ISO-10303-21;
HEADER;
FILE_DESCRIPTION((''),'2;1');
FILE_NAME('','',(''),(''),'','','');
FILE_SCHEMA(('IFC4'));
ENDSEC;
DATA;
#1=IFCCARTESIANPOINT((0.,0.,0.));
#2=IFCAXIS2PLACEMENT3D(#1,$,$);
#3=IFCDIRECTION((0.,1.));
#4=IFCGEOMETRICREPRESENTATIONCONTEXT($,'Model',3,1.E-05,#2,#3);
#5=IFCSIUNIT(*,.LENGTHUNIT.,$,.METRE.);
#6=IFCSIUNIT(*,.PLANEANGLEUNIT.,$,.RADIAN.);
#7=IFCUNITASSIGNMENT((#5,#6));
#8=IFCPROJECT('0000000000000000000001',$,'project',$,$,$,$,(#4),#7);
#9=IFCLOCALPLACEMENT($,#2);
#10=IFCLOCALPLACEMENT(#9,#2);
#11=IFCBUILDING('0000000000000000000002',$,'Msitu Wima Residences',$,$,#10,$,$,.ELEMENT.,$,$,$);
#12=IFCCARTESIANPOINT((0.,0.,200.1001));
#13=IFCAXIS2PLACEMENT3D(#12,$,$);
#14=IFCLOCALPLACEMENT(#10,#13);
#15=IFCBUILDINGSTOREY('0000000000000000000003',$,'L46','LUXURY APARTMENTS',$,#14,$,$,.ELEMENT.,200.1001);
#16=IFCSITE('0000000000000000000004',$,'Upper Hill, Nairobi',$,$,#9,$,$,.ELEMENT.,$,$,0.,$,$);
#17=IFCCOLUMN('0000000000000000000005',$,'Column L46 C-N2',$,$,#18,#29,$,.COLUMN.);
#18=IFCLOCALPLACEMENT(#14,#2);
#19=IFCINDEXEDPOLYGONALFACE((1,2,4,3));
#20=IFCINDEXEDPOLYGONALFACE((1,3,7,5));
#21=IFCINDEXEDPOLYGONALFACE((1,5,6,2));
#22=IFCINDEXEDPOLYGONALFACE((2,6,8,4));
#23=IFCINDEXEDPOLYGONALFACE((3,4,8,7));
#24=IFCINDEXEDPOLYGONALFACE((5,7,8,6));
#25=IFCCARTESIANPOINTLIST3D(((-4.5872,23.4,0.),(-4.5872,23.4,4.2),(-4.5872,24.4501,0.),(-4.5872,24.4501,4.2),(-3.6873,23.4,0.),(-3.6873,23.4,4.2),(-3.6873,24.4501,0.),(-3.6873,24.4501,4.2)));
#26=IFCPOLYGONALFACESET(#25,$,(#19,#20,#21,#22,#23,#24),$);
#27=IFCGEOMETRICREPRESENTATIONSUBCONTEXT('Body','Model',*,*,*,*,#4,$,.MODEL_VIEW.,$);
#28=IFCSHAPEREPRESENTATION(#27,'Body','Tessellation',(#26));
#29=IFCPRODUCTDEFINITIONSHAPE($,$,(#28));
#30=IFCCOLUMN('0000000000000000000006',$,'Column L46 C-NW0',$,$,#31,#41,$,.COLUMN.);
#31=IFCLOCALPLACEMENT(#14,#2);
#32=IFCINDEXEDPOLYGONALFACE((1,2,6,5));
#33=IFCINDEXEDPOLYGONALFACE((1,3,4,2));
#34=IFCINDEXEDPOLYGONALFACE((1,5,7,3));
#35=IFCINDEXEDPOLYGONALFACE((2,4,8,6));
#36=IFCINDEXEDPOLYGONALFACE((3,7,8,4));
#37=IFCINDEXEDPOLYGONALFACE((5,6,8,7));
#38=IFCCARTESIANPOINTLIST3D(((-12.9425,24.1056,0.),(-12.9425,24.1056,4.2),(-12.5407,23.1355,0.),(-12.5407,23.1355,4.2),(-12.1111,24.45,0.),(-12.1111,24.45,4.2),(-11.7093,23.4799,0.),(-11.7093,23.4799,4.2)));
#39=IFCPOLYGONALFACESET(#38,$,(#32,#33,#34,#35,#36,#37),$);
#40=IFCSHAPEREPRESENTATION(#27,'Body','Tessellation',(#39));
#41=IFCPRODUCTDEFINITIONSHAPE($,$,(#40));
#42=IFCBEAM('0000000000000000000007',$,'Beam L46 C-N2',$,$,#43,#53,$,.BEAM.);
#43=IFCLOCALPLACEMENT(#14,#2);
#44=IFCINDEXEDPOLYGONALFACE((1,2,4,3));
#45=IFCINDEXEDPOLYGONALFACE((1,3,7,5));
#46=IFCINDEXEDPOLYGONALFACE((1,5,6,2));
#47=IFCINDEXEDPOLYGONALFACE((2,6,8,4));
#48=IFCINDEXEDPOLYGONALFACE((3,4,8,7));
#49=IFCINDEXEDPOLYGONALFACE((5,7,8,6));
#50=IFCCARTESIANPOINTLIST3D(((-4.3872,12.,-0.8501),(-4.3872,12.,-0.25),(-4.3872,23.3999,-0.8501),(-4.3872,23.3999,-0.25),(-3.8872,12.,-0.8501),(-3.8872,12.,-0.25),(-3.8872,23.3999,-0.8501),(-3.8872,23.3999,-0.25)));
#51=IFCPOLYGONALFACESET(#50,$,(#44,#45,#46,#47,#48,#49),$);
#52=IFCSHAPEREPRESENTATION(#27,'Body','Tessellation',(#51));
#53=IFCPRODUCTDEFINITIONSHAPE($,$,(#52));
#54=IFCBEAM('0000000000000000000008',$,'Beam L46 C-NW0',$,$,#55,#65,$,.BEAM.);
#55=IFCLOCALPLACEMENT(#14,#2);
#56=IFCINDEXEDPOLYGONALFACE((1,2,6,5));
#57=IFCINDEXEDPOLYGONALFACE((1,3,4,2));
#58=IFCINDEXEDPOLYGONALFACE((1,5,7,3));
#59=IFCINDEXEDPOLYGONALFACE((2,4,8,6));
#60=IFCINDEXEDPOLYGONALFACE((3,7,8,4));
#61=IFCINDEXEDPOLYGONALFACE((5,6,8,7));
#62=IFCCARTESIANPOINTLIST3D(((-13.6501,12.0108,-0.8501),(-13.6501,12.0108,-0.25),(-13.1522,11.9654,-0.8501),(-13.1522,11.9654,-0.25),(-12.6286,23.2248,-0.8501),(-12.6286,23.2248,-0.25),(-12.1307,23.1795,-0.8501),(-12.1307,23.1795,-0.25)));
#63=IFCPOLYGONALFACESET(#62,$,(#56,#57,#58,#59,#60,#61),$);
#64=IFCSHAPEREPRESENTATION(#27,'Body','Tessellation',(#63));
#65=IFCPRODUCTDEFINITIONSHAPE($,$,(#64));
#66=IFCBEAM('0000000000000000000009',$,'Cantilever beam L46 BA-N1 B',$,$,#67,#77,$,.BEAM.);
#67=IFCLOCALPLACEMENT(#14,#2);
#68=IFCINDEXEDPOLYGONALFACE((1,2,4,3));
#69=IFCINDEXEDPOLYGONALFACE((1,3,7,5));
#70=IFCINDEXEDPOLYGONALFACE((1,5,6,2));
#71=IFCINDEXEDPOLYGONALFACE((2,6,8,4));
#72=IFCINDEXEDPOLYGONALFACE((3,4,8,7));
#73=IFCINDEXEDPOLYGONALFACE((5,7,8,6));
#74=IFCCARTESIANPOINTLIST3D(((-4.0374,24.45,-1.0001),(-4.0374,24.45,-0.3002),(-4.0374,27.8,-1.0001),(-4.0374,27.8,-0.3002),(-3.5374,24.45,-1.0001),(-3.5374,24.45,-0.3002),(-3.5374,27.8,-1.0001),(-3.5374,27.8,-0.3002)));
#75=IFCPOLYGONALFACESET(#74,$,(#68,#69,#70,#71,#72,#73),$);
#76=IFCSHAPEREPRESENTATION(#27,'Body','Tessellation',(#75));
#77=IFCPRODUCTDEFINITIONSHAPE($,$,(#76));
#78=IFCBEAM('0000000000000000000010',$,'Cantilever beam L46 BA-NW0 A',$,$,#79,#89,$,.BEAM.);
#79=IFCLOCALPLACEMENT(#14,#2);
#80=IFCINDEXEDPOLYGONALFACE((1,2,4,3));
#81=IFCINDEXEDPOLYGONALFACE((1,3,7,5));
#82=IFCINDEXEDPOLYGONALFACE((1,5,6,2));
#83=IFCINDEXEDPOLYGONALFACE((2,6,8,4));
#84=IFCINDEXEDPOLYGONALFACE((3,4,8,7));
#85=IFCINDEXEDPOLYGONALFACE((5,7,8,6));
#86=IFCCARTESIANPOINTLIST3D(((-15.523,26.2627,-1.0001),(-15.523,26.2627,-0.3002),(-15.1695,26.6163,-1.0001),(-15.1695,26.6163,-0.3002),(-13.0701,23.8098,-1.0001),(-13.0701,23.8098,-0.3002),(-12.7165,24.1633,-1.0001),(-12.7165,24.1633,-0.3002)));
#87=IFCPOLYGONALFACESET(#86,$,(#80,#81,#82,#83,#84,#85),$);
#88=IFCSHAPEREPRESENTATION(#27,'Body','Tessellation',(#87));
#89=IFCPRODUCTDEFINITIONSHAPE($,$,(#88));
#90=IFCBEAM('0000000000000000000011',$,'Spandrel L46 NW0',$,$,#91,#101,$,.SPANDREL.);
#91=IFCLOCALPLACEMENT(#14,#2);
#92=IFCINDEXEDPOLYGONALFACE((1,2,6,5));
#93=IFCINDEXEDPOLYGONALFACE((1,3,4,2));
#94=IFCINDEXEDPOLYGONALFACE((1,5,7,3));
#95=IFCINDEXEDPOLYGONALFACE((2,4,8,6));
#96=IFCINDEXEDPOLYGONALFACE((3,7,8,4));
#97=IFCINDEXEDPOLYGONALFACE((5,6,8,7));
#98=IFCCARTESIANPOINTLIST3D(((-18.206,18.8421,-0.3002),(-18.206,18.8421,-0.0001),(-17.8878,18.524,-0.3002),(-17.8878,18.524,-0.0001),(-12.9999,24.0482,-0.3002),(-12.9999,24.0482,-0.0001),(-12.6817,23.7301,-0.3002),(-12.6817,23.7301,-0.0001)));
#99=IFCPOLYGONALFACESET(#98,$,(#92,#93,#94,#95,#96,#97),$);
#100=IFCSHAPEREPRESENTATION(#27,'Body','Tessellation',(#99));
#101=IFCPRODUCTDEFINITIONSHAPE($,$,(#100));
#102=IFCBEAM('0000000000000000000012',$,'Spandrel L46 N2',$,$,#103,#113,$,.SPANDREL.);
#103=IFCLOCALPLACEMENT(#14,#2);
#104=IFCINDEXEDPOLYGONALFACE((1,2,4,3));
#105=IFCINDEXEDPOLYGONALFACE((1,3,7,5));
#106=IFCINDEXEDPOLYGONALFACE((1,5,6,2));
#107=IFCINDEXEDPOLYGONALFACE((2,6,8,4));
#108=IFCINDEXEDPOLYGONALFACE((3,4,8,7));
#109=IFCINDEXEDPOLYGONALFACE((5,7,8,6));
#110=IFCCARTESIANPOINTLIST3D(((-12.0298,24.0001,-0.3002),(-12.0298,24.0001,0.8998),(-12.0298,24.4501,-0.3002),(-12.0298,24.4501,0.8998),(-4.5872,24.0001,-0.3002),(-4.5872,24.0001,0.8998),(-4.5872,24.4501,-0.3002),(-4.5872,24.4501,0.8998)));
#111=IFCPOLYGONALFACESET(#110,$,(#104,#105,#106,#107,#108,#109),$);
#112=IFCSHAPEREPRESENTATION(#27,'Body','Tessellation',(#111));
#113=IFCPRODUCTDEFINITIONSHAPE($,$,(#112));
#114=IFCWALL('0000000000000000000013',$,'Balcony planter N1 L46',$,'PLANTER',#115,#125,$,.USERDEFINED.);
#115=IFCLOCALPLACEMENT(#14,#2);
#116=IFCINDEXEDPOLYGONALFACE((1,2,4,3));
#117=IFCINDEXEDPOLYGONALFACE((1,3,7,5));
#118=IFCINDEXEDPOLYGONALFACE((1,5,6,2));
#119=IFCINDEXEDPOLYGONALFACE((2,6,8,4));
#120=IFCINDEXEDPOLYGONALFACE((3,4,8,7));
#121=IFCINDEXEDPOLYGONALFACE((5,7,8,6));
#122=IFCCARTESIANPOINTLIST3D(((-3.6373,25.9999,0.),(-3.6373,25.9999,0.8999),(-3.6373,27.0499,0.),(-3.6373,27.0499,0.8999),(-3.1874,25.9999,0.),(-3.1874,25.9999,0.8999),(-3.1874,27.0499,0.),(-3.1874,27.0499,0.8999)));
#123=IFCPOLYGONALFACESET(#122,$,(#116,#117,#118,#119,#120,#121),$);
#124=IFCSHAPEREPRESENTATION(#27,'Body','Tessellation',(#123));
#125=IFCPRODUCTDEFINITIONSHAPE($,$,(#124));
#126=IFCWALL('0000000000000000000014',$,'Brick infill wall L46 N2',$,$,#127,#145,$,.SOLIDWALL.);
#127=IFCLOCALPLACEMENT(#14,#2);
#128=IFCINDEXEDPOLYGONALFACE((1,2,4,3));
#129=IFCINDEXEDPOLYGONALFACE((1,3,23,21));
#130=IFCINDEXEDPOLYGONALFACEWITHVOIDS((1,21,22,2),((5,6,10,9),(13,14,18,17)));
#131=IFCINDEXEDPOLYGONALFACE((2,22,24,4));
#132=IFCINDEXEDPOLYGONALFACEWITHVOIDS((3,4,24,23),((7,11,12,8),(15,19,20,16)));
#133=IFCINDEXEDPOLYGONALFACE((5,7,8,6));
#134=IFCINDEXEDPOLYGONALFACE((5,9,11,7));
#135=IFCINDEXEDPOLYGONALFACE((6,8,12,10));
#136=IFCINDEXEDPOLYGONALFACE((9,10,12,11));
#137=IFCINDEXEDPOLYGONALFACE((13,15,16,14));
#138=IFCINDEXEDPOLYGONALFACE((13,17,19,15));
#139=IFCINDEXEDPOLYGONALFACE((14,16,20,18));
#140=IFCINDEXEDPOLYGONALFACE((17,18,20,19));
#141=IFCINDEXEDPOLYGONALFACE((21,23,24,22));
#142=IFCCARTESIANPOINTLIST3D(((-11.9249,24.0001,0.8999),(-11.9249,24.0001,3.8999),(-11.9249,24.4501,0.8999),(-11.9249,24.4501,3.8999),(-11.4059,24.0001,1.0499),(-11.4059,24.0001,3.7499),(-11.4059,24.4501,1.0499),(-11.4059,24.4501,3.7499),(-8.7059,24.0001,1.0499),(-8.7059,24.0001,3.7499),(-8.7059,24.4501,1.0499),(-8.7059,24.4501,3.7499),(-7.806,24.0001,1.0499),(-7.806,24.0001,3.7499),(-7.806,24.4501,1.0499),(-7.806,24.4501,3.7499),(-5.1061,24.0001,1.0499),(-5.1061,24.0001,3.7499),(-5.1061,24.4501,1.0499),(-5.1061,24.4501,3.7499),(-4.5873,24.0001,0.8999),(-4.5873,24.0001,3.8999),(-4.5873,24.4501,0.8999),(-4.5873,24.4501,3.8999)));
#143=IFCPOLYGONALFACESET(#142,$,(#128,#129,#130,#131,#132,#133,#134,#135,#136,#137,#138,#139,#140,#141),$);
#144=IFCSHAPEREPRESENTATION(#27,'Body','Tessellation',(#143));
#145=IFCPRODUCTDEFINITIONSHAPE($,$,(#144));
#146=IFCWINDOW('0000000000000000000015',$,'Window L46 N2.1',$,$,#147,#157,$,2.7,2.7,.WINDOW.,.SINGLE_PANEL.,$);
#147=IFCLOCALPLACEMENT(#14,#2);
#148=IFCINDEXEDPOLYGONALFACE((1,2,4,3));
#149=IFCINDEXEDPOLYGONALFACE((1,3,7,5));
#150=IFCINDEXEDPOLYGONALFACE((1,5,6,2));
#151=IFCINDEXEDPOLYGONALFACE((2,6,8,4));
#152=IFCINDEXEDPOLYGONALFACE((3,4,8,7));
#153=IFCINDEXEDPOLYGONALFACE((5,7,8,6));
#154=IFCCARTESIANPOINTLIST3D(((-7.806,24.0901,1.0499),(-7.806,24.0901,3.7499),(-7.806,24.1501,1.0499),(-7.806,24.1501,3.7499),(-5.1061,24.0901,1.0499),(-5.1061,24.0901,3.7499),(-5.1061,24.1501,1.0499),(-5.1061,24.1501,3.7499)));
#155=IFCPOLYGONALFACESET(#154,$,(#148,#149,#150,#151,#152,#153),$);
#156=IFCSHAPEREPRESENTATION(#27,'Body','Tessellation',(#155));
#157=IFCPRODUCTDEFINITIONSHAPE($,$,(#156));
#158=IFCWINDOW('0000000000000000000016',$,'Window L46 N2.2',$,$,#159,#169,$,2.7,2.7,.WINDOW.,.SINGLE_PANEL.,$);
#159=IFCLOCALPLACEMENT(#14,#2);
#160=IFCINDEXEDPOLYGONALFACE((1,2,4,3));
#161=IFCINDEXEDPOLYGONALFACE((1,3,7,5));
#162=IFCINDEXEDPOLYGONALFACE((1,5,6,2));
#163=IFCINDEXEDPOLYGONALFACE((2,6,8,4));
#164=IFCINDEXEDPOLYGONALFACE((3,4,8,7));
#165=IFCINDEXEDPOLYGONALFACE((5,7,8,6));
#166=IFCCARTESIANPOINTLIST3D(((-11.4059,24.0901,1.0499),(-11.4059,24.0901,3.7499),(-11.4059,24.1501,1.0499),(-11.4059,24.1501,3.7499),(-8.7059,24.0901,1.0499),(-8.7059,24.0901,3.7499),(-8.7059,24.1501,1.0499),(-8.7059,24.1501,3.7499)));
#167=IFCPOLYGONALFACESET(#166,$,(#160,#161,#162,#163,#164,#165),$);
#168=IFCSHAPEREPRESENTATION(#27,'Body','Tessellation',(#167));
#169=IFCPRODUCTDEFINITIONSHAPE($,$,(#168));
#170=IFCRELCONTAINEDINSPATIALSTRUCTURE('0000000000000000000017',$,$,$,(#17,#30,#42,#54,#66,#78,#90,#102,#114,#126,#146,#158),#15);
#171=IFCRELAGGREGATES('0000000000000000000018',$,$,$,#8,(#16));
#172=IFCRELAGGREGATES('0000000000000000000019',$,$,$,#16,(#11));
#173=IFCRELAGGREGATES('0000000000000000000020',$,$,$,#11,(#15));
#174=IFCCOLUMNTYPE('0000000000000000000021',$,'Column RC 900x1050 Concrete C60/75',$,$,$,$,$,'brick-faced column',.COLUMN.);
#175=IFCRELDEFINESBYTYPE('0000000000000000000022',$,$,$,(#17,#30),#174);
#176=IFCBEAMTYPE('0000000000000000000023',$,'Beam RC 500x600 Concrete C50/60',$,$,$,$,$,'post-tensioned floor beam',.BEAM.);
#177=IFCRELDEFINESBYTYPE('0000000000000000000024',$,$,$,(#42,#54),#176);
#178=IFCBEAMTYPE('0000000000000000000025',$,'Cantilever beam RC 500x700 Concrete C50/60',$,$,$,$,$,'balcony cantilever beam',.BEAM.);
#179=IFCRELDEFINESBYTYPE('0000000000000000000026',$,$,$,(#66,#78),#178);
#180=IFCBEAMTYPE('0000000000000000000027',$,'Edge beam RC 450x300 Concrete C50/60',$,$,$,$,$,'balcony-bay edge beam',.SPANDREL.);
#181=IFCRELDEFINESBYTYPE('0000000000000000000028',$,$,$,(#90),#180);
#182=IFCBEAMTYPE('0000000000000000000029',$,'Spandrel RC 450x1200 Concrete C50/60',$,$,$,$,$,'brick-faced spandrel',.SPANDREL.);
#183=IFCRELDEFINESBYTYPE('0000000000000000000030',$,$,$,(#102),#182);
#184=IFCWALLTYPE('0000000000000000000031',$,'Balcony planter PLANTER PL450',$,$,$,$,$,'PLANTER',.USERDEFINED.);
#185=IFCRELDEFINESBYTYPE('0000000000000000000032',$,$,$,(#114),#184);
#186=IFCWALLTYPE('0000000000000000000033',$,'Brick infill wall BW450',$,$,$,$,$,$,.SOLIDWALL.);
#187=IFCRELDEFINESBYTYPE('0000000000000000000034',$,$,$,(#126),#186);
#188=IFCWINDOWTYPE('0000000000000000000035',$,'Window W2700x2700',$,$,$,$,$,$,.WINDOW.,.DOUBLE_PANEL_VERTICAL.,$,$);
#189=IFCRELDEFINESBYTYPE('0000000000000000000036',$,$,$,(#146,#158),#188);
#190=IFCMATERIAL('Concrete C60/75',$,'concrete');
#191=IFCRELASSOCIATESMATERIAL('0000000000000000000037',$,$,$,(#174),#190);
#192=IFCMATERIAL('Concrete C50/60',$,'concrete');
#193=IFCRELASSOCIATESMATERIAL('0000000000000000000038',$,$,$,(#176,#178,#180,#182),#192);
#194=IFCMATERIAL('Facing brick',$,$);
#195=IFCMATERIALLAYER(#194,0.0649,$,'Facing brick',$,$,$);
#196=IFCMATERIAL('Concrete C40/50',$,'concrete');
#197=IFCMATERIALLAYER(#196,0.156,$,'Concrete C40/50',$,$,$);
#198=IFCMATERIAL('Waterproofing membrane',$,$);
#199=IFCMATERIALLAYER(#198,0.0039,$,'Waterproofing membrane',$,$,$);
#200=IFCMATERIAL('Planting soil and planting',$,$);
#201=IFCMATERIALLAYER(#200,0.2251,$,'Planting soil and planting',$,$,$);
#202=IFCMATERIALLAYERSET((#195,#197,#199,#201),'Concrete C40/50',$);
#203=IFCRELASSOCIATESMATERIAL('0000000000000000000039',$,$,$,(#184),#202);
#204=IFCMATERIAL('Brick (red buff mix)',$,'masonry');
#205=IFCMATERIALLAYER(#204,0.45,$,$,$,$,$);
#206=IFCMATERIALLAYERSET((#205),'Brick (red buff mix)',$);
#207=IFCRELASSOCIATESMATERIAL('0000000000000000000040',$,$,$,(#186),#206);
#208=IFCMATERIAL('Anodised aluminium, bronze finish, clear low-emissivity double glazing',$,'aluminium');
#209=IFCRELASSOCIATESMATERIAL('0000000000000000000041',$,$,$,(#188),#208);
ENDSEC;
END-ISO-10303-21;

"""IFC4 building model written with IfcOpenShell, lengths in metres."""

from ifc_helpers import new_model, si_unit, direction, frame, frame_2d, origin, origin_2d, place, context, subcontext, project, spatial, rectangle, extrude, material, layer, layer_set, material_profile, profile_set, type_object, element, fill, save


model = new_model("IFC4")

# Units and contexts
model_context = context("Model", 3, precision=1e-05, world=origin(), true_north=direction((0.0, 1.0)))
body_context = subcontext(model_context, "Body", "Model", "MODEL_VIEW")
ifc_project = project(units=[si_unit("LENGTHUNIT", "METRE"), si_unit("PLANEANGLEUNIT", "RADIAN")], contexts=[model_context])

# Site, building, storey
site_placement = place(None, origin())
site = spatial("IfcSite", under=ifc_project, at=site_placement, Name="Upper Hill, Nairobi", CompositionType="ELEMENT", RefElevation=0.0)
building_placement = place(site_placement, origin())
building = spatial("IfcBuilding", under=site, at=building_placement, Name="Msitu Wima Residences", CompositionType="ELEMENT")
storey_placement = place(building_placement, frame((0.0, 0.0, 200.1001)))
storey = spatial("IfcBuildingStorey", under=building, at=storey_placement, Name="L46", Description="LUXURY APARTMENTS", CompositionType="ELEMENT", Elevation=200.1001)

# Columns
ifc_material_1 = material(Name="Concrete C60/75", Category="concrete")
ifc_material_profile_1 = material_profile(ifc_material_1, rectangle(XDim=0.8999, YDim=1.05, at=origin_2d()), Name="RC 900x1050")
ifc_profile_set_1 = profile_set([ifc_material_profile_1], Name="Concrete C60/75")
column_type = type_object("IfcColumnType", Name="Column RC 900x1050 Concrete C60/75", ElementType="brick-faced column", PredefinedType="COLUMN", material=ifc_profile_set_1)
for number, where, z_axis, x_axis, name in (
    (1, (-4.1372, 23.925, 0.0), (0.0, 0.0, 1.0), (-1.0, 0.0, 0.0), "Column L46 C-N2"),
    (2, (-12.3259, 23.7927, 0.0), (0.0, 0.0, 1.0), (-0.92388, -0.382683, 0.0), "Column L46 C-NW0"),
):
    element("IfcColumn", number, at=place(storey_placement, frame(where, z_axis=z_axis, x_axis=x_axis)), inside=storey, type_object=column_type, Name=name, PredefinedType="COLUMN", context=body_context, shape_type="SweptSolid", body=[
        extrude(rectangle(XDim=0.8999, YDim=1.05, at=origin_2d()), origin(), (0.0, 0.0, 1.0), 4.2),
    ])

# Beams
ifc_material_2 = material(Name="Concrete C50/60", Category="concrete")
ifc_material_profile_2 = material_profile(ifc_material_2, rectangle(XDim=0.5, YDim=0.6001, at=origin_2d()), Name="RC 500x600")
ifc_profile_set_2 = profile_set([ifc_material_profile_2], Name="Concrete C50/60")
beam_type_1 = type_object("IfcBeamType", Name="Beam RC 500x600 Concrete C50/60", ElementType="post-tensioned floor beam", PredefinedType="BEAM", material=ifc_profile_set_2)
beam_1_placement = place(storey_placement, frame((-4.1372, 23.3999, -0.55), z_axis=(0.0, -1.0, 0.0), x_axis=(1.0, 0.0, 0.0)))
element("IfcBeam", 3, at=beam_1_placement, inside=storey, type_object=beam_type_1, Name="Beam L46 C-N2", PredefinedType="BEAM", context=body_context, shape_type="SweptSolid", body=[
    extrude(rectangle(XDim=0.5, YDim=0.6001, at=origin_2d()), origin(), (0.0, 0.0, 1.0), 11.3999),
])
beam_2_placement = place(storey_placement, frame((-12.3796, 23.2021, -0.55), z_axis=(-0.090714, -0.995877, 0.0), x_axis=(0.995877, -0.090714, 0.0)))
element("IfcBeam", 4, at=beam_2_placement, inside=storey, type_object=beam_type_1, Name="Beam L46 C-NW0", PredefinedType="BEAM", context=body_context, shape_type="SweptSolid", body=[
    extrude(rectangle(XDim=0.5, YDim=0.6001, at=origin_2d()), origin(), (0.0, 0.0, 1.0), 11.2605),
])
ifc_material_profile_3 = material_profile(ifc_material_2, rectangle(XDim=0.5, YDim=0.7, at=origin_2d()), Name="RC 500x700")
ifc_profile_set_3 = profile_set([ifc_material_profile_3], Name="Concrete C50/60")
beam_type_2 = type_object("IfcBeamType", Name="Cantilever beam RC 500x700 Concrete C50/60", ElementType="balcony cantilever beam", PredefinedType="BEAM", material=ifc_profile_set_3)
beam_3_placement = place(storey_placement, frame((-3.7874, 24.45, -0.6501), z_axis=(0.0, 1.0, 0.0), x_axis=(-1.0, 0.0, 0.0)))
element("IfcBeam", 5, at=beam_3_placement, inside=storey, type_object=beam_type_2, Name="Cantilever beam L46 BA-N1 B", PredefinedType="BEAM", context=body_context, shape_type="SweptSolid", body=[
    extrude(rectangle(XDim=0.5, YDim=0.7, at=origin_2d()), origin(), (0.0, 0.0, 1.0), 3.3501),
])
beam_4_placement = place(storey_placement, frame((-12.8933, 23.9866, -0.6501), z_axis=(-0.707107, 0.707107, 0.0), x_axis=(-0.707107, -0.707107, 0.0)))
element("IfcBeam", 6, at=beam_4_placement, inside=storey, type_object=beam_type_2, Name="Cantilever beam L46 BA-NW0 A", PredefinedType="BEAM", context=body_context, shape_type="SweptSolid", body=[
    extrude(rectangle(XDim=0.5, YDim=0.7, at=origin_2d()), origin(), (0.0, 0.0, 1.0), 3.469),
])
ifc_material_profile_4 = material_profile(ifc_material_2, rectangle(XDim=0.45, YDim=0.3, at=origin_2d()), Name="RC 450x300")
ifc_profile_set_4 = profile_set([ifc_material_profile_4], Name="Concrete C50/60")
beam_type_3 = type_object("IfcBeamType", Name="Edge beam RC 450x300 Concrete C50/60", ElementType="balcony-bay edge beam", PredefinedType="SPANDREL", material=ifc_profile_set_4)
beam_5_placement = place(storey_placement, frame((-12.8408, 23.8892, -0.1501), z_axis=(-0.707107, -0.707107, 0.0), x_axis=(0.707107, -0.707107, 0.0)))
element("IfcBeam", 7, at=beam_5_placement, inside=storey, type_object=beam_type_3, Name="Spandrel L46 NW0", PredefinedType="SPANDREL", context=body_context, shape_type="SweptSolid", body=[
    extrude(rectangle(XDim=0.45, YDim=0.3, at=origin_2d()), origin(), (0.0, 0.0, 1.0), 7.3625),
])
ifc_material_profile_5 = material_profile(ifc_material_2, rectangle(XDim=0.45, YDim=1.2, at=origin_2d()), Name="RC 450x1200")
ifc_profile_set_5 = profile_set([ifc_material_profile_5], Name="Concrete C50/60")
beam_type_4 = type_object("IfcBeamType", Name="Spandrel RC 450x1200 Concrete C50/60", ElementType="brick-faced spandrel", PredefinedType="SPANDREL", material=ifc_profile_set_5)
beam_6_placement = place(storey_placement, frame((-4.5872, 24.2251, 0.2998), z_axis=(-1.0, 0.0, 0.0), x_axis=(0.0, -1.0, 0.0)))
element("IfcBeam", 8, at=beam_6_placement, inside=storey, type_object=beam_type_4, Name="Spandrel L46 N2", PredefinedType="SPANDREL", context=body_context, shape_type="SweptSolid", body=[
    extrude(rectangle(XDim=0.45, YDim=1.2, at=origin_2d()), origin(), (0.0, 0.0, 1.0), 7.4426),
])

# Wall
ifc_material_3 = material(Name="Facing brick")
ifc_layer_1 = layer(ifc_material_3, 0.0649, Name="Facing brick")
ifc_material_4 = material(Name="Concrete C40/50", Category="concrete")
ifc_layer_2 = layer(ifc_material_4, 0.156, Name="Concrete C40/50")
ifc_material_5 = material(Name="Waterproofing membrane")
ifc_layer_3 = layer(ifc_material_5, 0.0039, Name="Waterproofing membrane")
ifc_material_6 = material(Name="Planting soil and planting")
ifc_layer_4 = layer(ifc_material_6, 0.2251, Name="Planting soil and planting")
ifc_layer_set_1 = layer_set([ifc_layer_1, ifc_layer_2, ifc_layer_3, ifc_layer_4], Name="Concrete C40/50")
wall_type_1 = type_object("IfcWallType", Name="Balcony planter PLANTER PL450", ElementType="PLANTER", PredefinedType="USERDEFINED", material=ifc_layer_set_1)
wall_1_placement = place(storey_placement, frame((-3.4124, 26.0, 0.0), z_axis=(0.0, 0.0, 1.0), x_axis=(0.0, 1.0, 0.0)))
element("IfcWall", 9, at=wall_1_placement, inside=storey, type_object=wall_type_1, Name="Balcony planter N1 L46", ObjectType="PLANTER", PredefinedType="USERDEFINED", context=body_context, shape_type="SweptSolid", body=[
    extrude(rectangle(XDim=1.05, YDim=0.45, at=frame_2d((0.5249, 0.0))), origin(), (0.0, 0.0, 1.0), 0.8999),
])

# Wall, openings, windows
ifc_material_7 = material(Name="Brick (red buff mix)", Category="masonry")
ifc_layer_5 = layer(ifc_material_7, 0.45)
ifc_layer_set_2 = layer_set([ifc_layer_5], Name="Brick (red buff mix)")
wall_type_2 = type_object("IfcWallType", Name="Brick infill wall BW450", PredefinedType="SOLIDWALL", material=ifc_layer_set_2)
wall_2_placement = place(storey_placement, frame((-4.5872, 24.2251, 0.8999), z_axis=(0.0, 0.0, 1.0), x_axis=(-1.0, 0.0, 0.0)))
wall_2 = element("IfcWall", 10, at=wall_2_placement, inside=storey, type_object=wall_type_2, Name="Brick infill wall L46 N2", PredefinedType="SOLIDWALL", context=body_context, shape_type="SweptSolid", body=[
    extrude(rectangle(XDim=7.3376, YDim=0.45, at=frame_2d((3.6689, 0.0))), origin(), (0.0, 0.0, 1.0), 3.0),
])
opening_1_placement = place(wall_2_placement, frame((0.5188, 0.0, 0.1499)))
opening_1 = element("IfcOpeningElement", 11, at=opening_1_placement, cuts=wall_2, PredefinedType="OPENING", context=body_context, shape_type="SweptSolid", body=[
    extrude(rectangle(XDim=2.7, YDim=2.7, at=frame_2d((1.3501, 1.3501))), frame((0.0, 0.2349, 0.0), z_axis=(0.0, -1.0, 0.0), x_axis=(1.0, 0.0, 0.0)), (0.0, 0.0, 1.0), 0.47),
])
opening_2_placement = place(wall_2_placement, frame((4.1187, 0.0, 0.1499)))
opening_2 = element("IfcOpeningElement", 12, at=opening_2_placement, cuts=wall_2, PredefinedType="OPENING", context=body_context, shape_type="SweptSolid", body=[
    extrude(rectangle(XDim=2.7, YDim=2.7, at=frame_2d((1.3501, 1.3501))), frame((0.0, 0.2349, 0.0), z_axis=(0.0, -1.0, 0.0), x_axis=(1.0, 0.0, 0.0)), (0.0, 0.0, 1.0), 0.47),
])
ifc_material_8 = material(Name="Anodised aluminium, bronze finish, clear low-emissivity double glazing", Category="aluminium")
window_type = type_object("IfcWindowType", Name="Window W2700x2700", PartitioningType="DOUBLE_PANEL_VERTICAL", PredefinedType="WINDOW", material=ifc_material_8)
window_1_placement = place(opening_1_placement, origin())
window_1 = element("IfcWindow", 13, at=window_1_placement, inside=storey, type_object=window_type, Name="Window L46 N2.1", OverallHeight=2.7, OverallWidth=2.7, PartitioningType="SINGLE_PANEL", PredefinedType="WINDOW", context=body_context, shape_type="SweptSolid", body=[
    extrude(rectangle(XDim=2.7, YDim=2.7, at=frame_2d((1.3501, 1.3501))), frame((0.0, 0.135, 0.0), z_axis=(0.0, -1.0, 0.0), x_axis=(1.0, 0.0, 0.0)), (0.0, 0.0, 1.0), 0.0601),
])
fill(opening_1, window_1)
window_2_placement = place(opening_2_placement, origin())
window_2 = element("IfcWindow", 14, at=window_2_placement, inside=storey, type_object=window_type, Name="Window L46 N2.2", OverallHeight=2.7, OverallWidth=2.7, PartitioningType="SINGLE_PANEL", PredefinedType="WINDOW", context=body_context, shape_type="SweptSolid", body=[
    extrude(rectangle(XDim=2.7, YDim=2.7, at=frame_2d((1.3501, 1.3501))), frame((0.0, 0.135, 0.0), z_axis=(0.0, -1.0, 0.0), x_axis=(1.0, 0.0, 0.0)), (0.0, 0.0, 1.0), 0.0601),
])
fill(opening_2, window_2)

save(model, "model.ifc")
